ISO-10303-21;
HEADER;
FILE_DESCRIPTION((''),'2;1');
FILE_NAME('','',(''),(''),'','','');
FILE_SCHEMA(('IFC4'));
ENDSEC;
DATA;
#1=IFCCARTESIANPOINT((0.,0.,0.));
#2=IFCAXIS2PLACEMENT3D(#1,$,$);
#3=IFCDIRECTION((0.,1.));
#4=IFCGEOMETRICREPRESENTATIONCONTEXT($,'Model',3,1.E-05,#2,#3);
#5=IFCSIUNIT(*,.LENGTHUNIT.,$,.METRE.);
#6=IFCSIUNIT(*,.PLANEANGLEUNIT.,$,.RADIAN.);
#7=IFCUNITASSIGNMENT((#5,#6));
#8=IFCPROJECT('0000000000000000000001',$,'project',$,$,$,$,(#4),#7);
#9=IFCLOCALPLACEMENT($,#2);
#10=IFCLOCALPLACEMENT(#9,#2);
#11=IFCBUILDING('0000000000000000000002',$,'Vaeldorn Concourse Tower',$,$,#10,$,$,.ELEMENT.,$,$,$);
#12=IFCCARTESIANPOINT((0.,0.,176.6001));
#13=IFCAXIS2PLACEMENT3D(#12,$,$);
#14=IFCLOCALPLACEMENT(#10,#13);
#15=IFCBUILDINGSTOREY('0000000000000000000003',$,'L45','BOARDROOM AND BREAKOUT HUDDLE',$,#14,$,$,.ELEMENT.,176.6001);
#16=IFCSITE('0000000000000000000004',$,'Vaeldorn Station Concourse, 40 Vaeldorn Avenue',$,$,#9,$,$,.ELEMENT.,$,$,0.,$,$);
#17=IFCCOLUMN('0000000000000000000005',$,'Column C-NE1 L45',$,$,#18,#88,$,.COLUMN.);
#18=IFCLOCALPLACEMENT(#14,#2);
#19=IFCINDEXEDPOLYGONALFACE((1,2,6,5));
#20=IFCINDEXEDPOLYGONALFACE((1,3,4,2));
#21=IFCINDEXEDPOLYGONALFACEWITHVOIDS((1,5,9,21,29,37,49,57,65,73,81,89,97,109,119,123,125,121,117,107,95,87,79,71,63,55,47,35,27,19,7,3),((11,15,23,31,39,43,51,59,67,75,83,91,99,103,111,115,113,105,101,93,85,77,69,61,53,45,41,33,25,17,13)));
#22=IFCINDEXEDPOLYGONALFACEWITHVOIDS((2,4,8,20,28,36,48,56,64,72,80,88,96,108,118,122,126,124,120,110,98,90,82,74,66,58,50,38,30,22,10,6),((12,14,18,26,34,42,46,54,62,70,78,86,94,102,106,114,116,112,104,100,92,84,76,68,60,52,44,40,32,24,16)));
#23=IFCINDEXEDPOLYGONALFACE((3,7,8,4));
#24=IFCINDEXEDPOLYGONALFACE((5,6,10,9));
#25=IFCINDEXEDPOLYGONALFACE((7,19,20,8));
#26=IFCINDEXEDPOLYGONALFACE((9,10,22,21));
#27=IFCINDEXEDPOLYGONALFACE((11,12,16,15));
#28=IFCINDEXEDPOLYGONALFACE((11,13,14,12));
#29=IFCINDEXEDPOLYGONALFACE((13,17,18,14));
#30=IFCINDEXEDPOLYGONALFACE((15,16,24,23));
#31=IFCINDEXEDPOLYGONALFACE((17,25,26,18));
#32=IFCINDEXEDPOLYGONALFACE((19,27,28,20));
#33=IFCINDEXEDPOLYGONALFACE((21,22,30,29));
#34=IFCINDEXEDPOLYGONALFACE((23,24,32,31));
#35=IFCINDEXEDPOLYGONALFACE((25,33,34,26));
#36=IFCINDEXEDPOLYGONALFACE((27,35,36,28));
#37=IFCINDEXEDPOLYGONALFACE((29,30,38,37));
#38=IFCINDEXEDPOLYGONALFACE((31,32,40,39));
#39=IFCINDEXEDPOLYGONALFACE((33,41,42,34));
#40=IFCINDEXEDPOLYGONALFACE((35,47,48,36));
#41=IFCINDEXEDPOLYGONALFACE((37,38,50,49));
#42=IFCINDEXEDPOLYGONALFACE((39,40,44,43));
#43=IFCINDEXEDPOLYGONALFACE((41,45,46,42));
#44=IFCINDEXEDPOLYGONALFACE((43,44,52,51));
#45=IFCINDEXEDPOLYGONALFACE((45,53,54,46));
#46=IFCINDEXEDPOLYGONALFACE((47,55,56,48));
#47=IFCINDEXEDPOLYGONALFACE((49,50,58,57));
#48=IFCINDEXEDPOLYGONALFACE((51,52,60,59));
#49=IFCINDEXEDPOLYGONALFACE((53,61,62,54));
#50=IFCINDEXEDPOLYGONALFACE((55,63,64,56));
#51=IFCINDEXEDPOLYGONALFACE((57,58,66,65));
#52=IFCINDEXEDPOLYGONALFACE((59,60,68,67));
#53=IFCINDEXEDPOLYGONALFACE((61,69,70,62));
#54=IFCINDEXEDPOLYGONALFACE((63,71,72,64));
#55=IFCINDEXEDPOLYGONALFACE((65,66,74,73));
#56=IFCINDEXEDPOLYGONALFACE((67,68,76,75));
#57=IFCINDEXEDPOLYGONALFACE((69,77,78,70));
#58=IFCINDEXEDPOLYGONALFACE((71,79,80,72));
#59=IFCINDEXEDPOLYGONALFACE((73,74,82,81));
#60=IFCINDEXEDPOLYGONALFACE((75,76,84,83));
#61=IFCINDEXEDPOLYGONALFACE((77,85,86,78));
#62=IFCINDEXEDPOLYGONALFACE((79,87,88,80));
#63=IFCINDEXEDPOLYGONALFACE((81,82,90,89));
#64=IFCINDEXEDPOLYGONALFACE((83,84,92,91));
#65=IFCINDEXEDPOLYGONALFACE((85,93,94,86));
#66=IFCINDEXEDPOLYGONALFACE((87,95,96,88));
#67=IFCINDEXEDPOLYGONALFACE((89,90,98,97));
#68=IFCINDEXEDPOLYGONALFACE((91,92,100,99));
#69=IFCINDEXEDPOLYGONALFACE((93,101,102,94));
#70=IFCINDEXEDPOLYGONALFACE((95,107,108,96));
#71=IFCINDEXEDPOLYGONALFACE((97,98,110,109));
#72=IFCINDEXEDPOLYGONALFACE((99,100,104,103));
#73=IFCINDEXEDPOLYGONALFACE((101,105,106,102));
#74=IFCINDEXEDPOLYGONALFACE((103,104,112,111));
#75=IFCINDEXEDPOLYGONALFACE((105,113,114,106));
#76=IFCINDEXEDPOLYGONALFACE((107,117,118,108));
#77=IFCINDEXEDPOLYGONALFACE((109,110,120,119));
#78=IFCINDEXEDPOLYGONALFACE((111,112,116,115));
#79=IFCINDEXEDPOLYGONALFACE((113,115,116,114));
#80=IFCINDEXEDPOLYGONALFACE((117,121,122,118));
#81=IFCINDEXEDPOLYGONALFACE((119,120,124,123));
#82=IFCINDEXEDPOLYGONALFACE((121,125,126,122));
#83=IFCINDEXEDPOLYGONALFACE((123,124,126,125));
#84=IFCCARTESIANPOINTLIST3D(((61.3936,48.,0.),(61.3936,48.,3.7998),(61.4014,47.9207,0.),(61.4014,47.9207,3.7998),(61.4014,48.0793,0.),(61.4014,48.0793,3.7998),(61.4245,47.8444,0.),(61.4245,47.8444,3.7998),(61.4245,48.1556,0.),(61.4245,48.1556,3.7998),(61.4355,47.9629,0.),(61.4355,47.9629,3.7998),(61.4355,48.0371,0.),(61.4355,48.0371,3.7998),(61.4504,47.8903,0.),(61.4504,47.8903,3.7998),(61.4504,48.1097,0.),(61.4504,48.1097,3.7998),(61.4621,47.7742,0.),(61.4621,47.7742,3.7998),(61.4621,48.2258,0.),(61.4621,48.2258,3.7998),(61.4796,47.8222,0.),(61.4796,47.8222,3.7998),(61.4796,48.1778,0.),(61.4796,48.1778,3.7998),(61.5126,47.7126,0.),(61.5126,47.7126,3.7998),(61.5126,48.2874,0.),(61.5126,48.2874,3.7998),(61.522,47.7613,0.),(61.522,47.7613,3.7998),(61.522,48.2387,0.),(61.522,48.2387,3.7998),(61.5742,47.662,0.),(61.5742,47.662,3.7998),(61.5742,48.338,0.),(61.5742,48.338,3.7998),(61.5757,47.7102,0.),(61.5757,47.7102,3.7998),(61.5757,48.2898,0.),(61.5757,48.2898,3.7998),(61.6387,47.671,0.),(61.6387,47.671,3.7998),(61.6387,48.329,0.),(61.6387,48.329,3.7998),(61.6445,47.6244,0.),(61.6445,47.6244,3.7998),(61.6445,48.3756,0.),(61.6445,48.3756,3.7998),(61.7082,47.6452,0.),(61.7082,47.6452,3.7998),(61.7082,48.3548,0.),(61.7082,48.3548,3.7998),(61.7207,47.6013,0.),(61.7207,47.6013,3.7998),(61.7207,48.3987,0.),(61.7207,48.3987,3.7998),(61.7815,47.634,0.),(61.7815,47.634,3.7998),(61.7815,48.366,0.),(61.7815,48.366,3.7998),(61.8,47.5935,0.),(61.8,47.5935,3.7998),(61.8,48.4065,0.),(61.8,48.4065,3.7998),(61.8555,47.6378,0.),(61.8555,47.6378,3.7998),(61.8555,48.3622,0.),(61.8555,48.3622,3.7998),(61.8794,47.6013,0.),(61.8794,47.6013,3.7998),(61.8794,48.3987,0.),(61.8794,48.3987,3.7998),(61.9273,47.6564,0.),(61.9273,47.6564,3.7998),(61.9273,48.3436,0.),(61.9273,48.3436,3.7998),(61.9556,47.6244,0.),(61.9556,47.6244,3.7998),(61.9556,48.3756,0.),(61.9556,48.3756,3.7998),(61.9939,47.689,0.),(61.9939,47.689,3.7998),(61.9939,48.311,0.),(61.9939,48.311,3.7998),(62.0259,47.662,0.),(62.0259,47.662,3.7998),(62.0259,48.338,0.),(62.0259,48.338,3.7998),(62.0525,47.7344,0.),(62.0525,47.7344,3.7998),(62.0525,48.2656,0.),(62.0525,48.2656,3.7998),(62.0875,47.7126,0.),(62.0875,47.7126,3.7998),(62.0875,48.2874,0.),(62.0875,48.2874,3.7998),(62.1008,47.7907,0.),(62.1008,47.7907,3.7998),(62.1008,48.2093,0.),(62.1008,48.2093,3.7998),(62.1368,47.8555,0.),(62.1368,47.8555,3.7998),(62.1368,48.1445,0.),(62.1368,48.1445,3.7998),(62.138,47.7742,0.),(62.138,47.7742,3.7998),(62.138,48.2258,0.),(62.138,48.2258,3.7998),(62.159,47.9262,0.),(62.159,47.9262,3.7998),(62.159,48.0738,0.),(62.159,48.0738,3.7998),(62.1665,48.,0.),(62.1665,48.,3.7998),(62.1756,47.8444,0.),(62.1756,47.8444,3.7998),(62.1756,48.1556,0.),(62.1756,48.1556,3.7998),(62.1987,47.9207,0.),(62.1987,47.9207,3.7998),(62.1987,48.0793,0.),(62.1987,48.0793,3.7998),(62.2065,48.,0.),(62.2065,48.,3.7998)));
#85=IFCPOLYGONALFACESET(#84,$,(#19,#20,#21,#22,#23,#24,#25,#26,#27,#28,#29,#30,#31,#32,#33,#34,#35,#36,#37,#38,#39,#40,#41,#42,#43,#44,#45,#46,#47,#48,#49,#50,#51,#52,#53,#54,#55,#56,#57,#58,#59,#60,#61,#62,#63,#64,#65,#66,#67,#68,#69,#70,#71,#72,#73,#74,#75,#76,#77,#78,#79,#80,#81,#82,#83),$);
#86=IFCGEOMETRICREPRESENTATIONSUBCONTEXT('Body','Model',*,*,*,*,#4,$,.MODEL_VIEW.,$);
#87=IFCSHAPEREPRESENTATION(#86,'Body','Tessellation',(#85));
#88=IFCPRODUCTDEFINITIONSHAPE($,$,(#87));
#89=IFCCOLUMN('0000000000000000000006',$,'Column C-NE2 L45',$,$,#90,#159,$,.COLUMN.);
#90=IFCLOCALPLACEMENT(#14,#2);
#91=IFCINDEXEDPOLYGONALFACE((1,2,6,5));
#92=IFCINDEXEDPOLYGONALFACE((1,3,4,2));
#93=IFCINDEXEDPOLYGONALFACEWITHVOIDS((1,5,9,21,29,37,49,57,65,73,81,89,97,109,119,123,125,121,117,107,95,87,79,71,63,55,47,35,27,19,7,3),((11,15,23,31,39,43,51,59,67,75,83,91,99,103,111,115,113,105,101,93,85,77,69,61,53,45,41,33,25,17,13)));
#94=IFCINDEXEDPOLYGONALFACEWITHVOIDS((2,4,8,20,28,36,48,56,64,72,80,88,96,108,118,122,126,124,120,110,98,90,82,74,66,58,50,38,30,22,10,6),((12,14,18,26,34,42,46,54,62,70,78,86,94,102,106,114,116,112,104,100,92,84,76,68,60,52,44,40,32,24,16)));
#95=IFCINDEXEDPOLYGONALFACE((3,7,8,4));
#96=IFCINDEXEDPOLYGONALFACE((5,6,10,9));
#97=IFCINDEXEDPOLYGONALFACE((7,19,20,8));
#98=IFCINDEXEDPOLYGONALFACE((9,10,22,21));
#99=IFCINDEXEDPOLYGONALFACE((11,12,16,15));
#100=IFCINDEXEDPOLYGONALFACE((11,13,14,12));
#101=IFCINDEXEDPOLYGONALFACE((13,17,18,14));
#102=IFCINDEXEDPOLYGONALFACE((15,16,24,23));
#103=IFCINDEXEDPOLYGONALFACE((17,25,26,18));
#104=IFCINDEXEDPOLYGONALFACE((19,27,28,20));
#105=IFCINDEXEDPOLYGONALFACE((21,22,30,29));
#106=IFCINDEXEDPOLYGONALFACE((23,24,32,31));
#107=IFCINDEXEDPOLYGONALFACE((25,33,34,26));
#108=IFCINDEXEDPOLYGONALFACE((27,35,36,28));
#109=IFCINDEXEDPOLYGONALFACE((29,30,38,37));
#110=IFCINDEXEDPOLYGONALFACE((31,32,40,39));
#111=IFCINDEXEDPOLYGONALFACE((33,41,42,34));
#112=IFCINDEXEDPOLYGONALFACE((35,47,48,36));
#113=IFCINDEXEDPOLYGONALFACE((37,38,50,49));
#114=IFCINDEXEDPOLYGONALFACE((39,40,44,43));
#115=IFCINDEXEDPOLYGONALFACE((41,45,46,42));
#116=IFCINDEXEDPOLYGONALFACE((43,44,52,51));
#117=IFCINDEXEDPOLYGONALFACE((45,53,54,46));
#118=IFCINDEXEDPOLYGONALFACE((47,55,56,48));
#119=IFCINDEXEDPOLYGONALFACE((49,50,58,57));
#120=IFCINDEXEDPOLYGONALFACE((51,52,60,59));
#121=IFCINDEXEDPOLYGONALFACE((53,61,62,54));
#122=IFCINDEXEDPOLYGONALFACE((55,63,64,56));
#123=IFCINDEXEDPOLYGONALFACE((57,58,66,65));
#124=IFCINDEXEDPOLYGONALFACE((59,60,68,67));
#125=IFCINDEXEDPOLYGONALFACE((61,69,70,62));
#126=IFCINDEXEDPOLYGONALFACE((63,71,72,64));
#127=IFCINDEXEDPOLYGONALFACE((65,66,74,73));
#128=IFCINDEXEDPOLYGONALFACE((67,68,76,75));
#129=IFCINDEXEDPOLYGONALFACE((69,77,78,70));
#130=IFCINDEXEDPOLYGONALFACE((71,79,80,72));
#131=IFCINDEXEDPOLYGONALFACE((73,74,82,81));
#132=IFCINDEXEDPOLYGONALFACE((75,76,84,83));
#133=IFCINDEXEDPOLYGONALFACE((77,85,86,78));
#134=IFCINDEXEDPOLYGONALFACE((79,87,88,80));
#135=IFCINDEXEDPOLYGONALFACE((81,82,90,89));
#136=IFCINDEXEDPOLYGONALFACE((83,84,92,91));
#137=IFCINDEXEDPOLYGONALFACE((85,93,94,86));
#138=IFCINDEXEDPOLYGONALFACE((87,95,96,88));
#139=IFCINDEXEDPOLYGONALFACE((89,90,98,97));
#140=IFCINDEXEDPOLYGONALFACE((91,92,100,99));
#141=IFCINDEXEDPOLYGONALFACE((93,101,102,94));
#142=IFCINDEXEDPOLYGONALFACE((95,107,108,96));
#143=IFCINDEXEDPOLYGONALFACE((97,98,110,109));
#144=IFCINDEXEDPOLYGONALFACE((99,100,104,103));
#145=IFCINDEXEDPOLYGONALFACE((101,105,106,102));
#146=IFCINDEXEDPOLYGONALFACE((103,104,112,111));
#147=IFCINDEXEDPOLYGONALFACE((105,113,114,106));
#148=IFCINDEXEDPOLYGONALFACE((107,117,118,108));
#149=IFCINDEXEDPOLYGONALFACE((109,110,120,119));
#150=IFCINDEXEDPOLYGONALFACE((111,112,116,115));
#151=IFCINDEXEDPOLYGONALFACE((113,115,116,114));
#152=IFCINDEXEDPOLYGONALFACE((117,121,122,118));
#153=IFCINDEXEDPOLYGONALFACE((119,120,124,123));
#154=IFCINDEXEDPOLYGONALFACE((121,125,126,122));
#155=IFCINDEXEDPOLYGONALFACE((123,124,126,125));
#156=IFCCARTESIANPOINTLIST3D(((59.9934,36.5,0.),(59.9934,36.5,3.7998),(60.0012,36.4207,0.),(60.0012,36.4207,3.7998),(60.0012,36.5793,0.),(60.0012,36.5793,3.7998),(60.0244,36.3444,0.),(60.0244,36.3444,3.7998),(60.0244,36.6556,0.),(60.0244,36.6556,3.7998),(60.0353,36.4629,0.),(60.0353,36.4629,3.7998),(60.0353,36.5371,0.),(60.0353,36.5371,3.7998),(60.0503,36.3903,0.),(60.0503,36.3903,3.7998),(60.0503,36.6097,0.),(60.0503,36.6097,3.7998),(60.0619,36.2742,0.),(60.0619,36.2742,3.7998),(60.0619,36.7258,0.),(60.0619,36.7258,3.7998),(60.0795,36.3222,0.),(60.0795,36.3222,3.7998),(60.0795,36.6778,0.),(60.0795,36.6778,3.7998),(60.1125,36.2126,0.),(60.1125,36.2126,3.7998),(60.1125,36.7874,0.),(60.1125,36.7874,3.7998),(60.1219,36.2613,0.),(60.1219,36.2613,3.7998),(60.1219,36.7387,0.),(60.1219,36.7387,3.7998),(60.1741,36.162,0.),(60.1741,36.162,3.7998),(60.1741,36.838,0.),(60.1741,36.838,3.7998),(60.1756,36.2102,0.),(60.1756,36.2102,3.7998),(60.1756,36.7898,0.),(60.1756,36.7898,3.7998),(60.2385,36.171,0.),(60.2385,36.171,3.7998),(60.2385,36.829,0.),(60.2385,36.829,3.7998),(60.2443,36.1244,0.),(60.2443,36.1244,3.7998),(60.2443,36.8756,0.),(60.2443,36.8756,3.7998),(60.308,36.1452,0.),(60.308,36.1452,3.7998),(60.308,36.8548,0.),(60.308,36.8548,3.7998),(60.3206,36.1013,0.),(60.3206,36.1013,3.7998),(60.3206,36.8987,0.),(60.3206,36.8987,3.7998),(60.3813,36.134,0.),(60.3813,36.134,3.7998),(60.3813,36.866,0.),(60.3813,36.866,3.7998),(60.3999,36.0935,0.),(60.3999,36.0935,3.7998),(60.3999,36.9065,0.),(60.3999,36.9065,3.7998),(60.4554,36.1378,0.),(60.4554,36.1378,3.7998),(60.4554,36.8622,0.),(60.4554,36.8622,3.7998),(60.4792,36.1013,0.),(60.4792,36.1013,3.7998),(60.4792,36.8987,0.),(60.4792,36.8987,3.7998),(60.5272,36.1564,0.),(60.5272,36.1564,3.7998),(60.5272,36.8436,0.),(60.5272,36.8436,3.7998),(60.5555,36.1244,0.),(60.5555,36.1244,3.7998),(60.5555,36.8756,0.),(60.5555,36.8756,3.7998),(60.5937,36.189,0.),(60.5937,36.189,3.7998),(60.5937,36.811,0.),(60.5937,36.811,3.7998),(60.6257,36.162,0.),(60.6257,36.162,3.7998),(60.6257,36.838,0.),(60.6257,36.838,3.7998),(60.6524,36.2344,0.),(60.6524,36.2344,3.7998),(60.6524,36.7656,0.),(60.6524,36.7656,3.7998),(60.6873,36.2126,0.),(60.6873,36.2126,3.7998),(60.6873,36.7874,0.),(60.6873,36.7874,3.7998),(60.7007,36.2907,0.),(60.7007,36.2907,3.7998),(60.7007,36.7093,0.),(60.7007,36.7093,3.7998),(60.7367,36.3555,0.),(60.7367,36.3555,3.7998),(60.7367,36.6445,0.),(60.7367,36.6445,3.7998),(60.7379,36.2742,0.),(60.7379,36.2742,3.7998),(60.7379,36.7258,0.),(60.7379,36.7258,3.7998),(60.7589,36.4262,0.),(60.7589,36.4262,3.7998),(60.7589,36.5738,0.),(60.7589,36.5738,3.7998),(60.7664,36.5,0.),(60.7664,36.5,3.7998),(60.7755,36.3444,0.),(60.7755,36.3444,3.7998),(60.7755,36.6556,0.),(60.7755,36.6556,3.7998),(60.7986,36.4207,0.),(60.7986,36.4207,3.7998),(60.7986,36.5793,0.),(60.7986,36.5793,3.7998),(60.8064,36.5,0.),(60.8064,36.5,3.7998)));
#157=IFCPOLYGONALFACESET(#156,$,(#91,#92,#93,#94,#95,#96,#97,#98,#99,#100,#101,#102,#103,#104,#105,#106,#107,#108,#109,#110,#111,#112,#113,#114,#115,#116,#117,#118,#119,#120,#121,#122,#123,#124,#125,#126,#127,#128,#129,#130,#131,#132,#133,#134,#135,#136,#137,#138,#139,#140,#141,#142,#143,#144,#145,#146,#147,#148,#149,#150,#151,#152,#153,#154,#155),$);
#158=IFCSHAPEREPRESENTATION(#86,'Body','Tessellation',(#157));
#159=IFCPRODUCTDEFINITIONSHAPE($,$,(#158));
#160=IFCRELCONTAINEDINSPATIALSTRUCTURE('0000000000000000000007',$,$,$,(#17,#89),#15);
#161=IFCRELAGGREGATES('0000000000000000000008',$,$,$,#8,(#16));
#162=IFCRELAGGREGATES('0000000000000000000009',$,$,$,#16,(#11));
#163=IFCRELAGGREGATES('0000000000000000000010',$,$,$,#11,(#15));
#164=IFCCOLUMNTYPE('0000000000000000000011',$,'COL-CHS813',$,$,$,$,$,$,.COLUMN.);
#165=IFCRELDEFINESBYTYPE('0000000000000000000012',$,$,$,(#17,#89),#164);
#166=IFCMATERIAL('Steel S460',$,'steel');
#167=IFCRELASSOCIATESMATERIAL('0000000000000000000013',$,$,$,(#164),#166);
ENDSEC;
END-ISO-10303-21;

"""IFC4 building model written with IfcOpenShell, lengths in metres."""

from ifc_helpers import new_model, si_unit, direction, frame, origin, origin_2d, place, context, subcontext, project, spatial, hollow_circle, extrude, source, transform, mapped, material, material_profile, profile_set, type_object, element, save


model = new_model("IFC4")

# Units and contexts
model_context = context("Model", 3, precision=1e-05, world=origin(), true_north=direction((0.0, 1.0)))
body_context = subcontext(model_context, "Body", "Model", "MODEL_VIEW")
ifc_project = project(units=[si_unit("LENGTHUNIT", "METRE"), si_unit("PLANEANGLEUNIT", "RADIAN")], contexts=[model_context])

# Site, building, storey
site_placement = place(None, origin())
site = spatial("IfcSite", under=ifc_project, at=site_placement, Name="Vaeldorn Station Concourse, 40 Vaeldorn Avenue", CompositionType="ELEMENT", RefElevation=0.0)
building_placement = place(site_placement, origin())
building = spatial("IfcBuilding", under=site, at=building_placement, Name="Vaeldorn Concourse Tower", CompositionType="ELEMENT")
storey_placement = place(building_placement, frame((0.0, 0.0, 176.6001)))
storey = spatial("IfcBuildingStorey", under=building, at=storey_placement, Name="L45", Description="BOARDROOM AND BREAKOUT HUDDLE", CompositionType="ELEMENT", Elevation=176.6001)

# Columns
ifc_material_1 = material(Name="Steel S460", Category="steel")
ifc_material_profile_1 = material_profile(ifc_material_1, hollow_circle(Radius=0.4065, WallThickness=0.04, at=origin_2d()), Name="CHS 813x40")
ifc_profile_set_1 = profile_set([ifc_material_profile_1], Name="Steel S460")
column_type = type_object("IfcColumnType", Name="COL-CHS813", PredefinedType="COLUMN", material=ifc_profile_set_1)
shared_shape_1 = source(origin(), body_context, "Body", "SweptSolid", [
    extrude(hollow_circle(Radius=0.4065, WallThickness=0.04, at=origin_2d()), origin(), (0.0, 0.0, 1.0), 3.7998),
])
for number, where, z_axis, x_axis, name in (
    (1, (61.8, 48.0, 0.0), (0.0, 0.0, 1.0), (1.0, 0.0, 0.0), "Column C-NE1 L45"),
    (2, (60.3999, 36.5, 0.0), (0.0, 0.0, 1.0), (1.0, 0.0, 0.0), "Column C-NE2 L45"),
):
    element("IfcColumn", number, at=place(storey_placement, frame(where, z_axis=z_axis, x_axis=x_axis)), inside=storey, type_object=column_type, Name=name, PredefinedType="COLUMN", context=body_context, shape_type="MappedRepresentation", body=[
        mapped(shared_shape_1, transform((0.0, 0.0, 0.0), scale=1.0)),
    ])

save(model, "model.ifc")
